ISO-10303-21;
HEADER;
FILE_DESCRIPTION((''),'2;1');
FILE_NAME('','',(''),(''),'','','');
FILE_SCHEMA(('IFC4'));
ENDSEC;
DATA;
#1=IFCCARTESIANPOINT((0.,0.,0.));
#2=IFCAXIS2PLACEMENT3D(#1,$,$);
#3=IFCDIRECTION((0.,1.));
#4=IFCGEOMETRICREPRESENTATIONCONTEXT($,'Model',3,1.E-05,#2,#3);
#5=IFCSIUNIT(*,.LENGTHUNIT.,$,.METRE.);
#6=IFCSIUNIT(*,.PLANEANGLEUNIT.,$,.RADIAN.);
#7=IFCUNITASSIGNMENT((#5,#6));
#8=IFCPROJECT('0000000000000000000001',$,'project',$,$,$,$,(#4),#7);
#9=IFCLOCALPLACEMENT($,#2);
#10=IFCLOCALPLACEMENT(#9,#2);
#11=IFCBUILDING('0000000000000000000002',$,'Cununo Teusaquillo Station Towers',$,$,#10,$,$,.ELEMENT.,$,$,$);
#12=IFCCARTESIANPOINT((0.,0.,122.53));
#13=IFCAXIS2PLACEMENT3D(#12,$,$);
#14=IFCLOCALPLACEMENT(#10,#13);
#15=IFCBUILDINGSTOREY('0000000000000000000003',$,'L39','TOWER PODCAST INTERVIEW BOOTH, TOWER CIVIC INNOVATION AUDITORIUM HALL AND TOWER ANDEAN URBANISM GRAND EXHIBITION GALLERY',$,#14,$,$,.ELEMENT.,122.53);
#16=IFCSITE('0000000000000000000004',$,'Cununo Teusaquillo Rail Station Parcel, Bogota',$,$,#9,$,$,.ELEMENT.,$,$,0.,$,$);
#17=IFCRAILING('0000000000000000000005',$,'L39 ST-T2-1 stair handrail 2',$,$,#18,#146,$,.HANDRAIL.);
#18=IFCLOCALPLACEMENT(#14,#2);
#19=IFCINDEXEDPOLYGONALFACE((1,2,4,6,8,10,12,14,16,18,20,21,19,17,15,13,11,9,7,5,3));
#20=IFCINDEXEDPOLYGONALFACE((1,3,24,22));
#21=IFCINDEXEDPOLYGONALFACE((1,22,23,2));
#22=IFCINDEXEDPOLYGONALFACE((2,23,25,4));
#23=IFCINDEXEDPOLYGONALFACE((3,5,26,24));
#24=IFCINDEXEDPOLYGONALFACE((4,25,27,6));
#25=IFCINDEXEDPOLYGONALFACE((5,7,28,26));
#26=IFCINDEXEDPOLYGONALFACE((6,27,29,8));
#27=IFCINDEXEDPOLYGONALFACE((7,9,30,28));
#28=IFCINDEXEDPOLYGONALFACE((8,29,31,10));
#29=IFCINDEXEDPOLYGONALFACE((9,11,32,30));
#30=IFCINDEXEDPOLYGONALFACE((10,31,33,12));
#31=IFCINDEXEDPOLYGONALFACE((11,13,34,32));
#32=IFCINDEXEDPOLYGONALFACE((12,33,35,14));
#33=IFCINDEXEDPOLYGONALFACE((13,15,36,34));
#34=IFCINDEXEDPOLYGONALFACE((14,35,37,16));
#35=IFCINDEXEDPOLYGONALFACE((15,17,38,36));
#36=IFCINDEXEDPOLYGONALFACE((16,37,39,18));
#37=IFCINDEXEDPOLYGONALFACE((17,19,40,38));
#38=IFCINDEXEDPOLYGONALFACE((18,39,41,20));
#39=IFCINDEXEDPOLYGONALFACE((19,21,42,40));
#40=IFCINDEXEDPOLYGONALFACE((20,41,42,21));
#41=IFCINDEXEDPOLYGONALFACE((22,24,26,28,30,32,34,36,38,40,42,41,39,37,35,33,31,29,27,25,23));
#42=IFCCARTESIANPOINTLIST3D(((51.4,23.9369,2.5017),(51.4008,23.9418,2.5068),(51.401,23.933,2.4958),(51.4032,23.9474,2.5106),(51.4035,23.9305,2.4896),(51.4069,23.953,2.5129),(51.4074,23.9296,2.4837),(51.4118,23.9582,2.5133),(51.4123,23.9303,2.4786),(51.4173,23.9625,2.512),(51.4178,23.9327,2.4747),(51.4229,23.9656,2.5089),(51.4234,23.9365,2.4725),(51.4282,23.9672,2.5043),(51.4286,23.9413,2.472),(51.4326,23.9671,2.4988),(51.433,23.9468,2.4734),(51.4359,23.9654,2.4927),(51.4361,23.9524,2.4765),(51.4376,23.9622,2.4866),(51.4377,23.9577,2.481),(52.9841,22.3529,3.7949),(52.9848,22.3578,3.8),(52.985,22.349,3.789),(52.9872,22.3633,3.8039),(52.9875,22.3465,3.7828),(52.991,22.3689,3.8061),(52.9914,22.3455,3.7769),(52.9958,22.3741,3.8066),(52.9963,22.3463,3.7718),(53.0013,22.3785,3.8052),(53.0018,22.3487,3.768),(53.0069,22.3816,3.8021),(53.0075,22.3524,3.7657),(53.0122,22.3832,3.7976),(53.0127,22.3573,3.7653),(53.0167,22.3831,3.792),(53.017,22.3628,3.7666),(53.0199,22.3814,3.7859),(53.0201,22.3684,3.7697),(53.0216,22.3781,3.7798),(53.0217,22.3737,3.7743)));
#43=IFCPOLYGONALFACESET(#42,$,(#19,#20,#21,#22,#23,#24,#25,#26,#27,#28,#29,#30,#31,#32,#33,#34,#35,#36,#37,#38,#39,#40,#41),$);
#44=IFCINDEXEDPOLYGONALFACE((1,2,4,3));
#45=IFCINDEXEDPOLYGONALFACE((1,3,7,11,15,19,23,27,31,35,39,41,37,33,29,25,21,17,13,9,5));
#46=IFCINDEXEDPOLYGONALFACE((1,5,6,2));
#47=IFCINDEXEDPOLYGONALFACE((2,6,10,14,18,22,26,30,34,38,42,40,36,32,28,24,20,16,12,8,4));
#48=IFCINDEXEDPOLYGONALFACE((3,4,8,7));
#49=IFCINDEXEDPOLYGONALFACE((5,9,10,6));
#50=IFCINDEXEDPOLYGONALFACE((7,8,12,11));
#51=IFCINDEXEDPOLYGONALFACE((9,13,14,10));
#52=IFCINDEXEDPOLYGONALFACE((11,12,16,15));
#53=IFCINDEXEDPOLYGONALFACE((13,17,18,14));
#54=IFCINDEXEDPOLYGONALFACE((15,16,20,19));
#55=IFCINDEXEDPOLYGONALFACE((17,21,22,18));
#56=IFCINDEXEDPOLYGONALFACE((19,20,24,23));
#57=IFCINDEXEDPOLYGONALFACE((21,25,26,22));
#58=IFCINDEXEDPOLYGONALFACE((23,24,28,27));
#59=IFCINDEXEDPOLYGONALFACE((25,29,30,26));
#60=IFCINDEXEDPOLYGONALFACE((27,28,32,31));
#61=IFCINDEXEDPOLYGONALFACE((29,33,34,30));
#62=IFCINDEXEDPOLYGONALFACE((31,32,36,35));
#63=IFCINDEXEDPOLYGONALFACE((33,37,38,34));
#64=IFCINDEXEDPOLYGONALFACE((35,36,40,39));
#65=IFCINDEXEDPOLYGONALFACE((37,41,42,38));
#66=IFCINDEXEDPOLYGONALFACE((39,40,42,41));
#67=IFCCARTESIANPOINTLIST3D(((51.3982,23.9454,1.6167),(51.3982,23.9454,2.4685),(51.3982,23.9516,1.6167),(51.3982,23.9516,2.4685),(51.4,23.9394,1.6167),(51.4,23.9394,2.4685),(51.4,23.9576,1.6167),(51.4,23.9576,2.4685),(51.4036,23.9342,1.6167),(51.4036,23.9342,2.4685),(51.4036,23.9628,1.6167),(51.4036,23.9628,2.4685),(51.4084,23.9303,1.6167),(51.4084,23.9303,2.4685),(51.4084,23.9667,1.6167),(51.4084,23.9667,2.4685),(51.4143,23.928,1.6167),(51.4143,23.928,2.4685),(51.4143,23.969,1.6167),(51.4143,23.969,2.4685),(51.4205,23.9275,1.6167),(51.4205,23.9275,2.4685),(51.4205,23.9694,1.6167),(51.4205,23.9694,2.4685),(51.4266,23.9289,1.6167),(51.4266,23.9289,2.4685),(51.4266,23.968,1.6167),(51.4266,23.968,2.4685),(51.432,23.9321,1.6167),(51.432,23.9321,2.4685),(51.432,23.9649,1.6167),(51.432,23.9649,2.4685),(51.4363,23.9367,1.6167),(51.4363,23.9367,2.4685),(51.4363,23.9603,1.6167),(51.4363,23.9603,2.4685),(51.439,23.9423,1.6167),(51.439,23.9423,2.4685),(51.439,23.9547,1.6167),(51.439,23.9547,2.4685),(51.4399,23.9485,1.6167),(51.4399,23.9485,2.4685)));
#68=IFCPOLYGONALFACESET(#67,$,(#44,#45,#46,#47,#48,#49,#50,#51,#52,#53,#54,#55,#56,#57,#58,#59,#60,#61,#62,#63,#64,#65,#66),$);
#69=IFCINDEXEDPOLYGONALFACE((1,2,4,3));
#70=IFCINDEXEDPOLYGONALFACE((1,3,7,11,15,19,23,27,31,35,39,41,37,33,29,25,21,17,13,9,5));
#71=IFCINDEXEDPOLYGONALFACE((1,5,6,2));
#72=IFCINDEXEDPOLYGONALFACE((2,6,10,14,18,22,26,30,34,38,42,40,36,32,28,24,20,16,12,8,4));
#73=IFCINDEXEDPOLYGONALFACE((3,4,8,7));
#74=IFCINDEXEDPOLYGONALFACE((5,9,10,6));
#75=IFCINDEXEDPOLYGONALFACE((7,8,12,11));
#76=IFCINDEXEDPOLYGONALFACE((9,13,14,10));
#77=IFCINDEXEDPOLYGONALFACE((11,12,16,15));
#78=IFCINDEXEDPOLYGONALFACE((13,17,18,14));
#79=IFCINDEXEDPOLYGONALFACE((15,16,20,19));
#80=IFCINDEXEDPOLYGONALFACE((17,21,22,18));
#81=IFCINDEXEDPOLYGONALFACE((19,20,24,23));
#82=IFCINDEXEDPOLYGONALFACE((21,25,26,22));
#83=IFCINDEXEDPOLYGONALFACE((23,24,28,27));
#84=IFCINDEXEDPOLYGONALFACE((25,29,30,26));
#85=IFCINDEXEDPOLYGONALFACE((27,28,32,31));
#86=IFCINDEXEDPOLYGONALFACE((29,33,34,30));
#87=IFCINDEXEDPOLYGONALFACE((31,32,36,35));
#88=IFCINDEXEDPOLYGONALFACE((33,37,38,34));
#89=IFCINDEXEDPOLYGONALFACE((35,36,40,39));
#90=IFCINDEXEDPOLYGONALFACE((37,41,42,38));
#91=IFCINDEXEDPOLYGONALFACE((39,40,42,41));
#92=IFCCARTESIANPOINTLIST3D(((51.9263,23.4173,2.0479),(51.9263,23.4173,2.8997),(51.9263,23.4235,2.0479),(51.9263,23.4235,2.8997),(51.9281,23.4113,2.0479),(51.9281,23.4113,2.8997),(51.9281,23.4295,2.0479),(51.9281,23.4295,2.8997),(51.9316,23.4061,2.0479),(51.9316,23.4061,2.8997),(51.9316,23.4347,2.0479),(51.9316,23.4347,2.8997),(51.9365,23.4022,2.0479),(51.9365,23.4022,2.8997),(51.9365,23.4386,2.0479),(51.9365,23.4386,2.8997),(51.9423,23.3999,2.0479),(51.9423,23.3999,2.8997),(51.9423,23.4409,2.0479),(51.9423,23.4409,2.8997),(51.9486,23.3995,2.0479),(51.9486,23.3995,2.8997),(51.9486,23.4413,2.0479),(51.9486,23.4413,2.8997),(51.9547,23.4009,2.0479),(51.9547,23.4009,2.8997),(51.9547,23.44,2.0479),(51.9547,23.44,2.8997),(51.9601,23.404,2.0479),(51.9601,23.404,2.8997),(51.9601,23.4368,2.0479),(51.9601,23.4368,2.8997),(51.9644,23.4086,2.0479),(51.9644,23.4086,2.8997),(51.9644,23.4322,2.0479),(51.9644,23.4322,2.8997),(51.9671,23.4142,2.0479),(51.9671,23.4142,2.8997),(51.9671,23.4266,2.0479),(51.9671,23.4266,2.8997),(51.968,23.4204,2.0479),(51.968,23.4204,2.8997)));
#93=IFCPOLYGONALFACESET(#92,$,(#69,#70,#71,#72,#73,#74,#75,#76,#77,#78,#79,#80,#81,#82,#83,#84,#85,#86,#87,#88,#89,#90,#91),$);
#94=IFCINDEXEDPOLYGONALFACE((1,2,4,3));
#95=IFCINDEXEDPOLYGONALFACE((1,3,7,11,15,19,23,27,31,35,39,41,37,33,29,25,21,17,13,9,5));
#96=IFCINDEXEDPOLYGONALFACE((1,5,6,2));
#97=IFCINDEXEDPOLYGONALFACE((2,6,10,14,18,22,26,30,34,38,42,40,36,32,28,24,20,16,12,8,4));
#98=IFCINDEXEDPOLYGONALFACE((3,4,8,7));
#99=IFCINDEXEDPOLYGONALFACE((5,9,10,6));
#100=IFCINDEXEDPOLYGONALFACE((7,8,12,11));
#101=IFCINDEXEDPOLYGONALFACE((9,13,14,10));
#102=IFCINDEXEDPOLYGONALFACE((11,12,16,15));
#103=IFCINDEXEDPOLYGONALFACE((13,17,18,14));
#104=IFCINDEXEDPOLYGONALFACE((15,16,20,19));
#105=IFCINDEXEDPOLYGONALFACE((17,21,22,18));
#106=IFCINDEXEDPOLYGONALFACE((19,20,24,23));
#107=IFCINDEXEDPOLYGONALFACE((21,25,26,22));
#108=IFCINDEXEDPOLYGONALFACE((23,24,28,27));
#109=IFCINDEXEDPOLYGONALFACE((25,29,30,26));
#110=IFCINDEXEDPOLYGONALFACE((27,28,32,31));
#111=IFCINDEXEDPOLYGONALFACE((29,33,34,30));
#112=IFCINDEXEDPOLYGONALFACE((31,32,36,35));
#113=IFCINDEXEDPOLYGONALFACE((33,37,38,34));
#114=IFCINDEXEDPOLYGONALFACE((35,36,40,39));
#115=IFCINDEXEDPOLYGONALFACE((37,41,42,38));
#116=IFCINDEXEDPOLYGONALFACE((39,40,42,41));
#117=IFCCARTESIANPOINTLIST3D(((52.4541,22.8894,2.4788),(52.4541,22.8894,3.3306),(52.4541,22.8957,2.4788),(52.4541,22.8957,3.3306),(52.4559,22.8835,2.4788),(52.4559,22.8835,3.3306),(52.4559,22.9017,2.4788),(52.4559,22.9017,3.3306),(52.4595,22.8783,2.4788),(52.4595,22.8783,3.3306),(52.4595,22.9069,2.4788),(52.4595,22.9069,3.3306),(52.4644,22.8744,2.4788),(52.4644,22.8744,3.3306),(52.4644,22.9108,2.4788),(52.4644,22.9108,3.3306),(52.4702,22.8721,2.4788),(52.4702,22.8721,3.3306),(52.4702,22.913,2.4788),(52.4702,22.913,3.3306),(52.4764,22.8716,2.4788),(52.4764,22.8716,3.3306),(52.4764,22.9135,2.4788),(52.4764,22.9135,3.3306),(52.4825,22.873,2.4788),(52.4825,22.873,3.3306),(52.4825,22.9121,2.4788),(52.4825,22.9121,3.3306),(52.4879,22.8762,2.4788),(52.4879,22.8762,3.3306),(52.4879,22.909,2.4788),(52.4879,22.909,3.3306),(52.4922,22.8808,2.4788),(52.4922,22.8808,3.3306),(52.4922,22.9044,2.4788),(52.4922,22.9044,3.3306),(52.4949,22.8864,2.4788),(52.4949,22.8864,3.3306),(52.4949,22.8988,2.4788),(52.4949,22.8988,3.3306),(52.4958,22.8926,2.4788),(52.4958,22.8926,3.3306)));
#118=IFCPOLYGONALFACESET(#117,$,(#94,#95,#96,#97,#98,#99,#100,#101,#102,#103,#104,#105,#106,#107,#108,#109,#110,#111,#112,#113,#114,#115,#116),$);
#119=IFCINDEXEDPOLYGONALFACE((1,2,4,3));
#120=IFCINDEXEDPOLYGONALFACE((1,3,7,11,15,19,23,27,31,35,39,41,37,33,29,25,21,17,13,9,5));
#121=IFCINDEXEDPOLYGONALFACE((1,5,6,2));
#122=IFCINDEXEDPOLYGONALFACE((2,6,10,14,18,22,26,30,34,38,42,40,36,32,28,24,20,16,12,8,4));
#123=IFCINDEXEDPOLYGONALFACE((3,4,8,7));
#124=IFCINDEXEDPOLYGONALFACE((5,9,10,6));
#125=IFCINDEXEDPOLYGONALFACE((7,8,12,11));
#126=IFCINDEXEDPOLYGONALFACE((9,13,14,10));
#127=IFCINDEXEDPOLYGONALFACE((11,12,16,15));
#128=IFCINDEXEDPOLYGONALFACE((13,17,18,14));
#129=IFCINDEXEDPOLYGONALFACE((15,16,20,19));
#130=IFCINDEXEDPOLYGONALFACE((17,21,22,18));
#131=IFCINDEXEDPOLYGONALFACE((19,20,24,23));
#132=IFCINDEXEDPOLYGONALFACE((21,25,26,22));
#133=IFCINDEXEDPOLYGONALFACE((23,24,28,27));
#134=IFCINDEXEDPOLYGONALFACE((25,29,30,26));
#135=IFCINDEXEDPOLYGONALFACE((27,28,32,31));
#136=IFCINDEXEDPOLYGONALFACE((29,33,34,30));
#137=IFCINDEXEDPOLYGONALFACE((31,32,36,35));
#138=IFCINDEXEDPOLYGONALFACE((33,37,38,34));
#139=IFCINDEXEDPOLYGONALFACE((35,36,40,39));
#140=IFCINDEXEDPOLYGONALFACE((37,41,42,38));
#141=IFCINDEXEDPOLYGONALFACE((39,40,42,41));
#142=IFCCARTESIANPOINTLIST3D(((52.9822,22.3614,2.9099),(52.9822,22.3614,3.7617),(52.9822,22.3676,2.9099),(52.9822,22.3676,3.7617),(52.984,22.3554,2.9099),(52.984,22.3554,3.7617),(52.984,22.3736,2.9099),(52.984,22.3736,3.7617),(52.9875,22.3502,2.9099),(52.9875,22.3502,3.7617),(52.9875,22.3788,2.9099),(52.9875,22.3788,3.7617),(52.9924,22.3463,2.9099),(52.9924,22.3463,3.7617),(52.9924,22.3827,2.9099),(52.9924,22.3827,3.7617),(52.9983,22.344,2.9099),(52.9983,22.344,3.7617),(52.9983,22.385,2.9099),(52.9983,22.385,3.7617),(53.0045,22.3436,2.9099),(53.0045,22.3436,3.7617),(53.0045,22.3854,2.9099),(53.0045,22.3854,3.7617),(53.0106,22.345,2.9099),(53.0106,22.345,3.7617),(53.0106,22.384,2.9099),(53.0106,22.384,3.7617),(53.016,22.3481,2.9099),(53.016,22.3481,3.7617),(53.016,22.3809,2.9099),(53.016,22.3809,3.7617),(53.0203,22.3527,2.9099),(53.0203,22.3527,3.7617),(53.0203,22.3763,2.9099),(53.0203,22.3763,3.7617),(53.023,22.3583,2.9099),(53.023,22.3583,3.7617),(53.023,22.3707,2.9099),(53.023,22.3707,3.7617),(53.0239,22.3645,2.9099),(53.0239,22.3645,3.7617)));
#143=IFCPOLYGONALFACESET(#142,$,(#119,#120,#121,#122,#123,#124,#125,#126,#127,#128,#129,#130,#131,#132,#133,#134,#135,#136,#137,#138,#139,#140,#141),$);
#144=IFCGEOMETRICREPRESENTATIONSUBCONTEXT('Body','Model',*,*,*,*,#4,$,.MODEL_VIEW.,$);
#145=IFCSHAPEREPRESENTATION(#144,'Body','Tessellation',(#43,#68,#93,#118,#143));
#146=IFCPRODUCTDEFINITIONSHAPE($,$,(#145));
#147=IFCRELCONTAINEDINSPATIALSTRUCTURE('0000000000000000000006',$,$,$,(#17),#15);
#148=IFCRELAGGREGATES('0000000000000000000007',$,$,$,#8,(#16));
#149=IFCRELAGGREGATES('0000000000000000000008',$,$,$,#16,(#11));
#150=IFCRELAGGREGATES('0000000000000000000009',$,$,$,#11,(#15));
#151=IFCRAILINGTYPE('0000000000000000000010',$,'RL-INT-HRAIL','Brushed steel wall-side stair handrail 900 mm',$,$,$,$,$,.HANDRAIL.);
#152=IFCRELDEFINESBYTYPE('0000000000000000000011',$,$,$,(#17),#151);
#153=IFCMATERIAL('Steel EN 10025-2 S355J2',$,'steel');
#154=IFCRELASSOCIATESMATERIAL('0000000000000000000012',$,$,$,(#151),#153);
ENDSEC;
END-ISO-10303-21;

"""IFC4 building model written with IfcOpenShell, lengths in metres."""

from ifc_helpers import new_model, si_unit, direction, frame, origin, origin_2d, place, context, subcontext, project, spatial, circle, extrude, material, type_object, element, save


model = new_model("IFC4")

# Units and contexts
model_context = context("Model", 3, precision=1e-05, world=origin(), true_north=direction((0.0, 1.0)))
body_context = subcontext(model_context, "Body", "Model", "MODEL_VIEW")
ifc_project = project(units=[si_unit("LENGTHUNIT", "METRE"), si_unit("PLANEANGLEUNIT", "RADIAN")], contexts=[model_context])

# Site, building, storey
site_placement = place(None, origin())
site = spatial("IfcSite", under=ifc_project, at=site_placement, Name="Cununo Teusaquillo Rail Station Parcel, Bogota", CompositionType="ELEMENT", RefElevation=0.0)
building_placement = place(site_placement, origin())
building = spatial("IfcBuilding", under=site, at=building_placement, Name="Cununo Teusaquillo Station Towers", CompositionType="ELEMENT")
storey_placement = place(building_placement, frame((0.0, 0.0, 122.53)))
storey = spatial("IfcBuildingStorey", under=building, at=storey_placement, Name="L39", Description="TOWER PODCAST INTERVIEW BOOTH, TOWER CIVIC INNOVATION AUDITORIUM HALL AND TOWER ANDEAN URBANISM GRAND EXHIBITION GALLERY", CompositionType="ELEMENT", Elevation=122.53)

# Railing
ifc_material_1 = material(Name="Steel EN 10025-2 S355J2", Category="steel")
railing_type = type_object("IfcRailingType", Name="RL-INT-HRAIL", Description="Brushed steel wall-side stair handrail 900 mm", PredefinedType="HANDRAIL", material=ifc_material_1)
railing_placement = place(storey_placement, frame((51.4189, 23.9485, 1.6167)))
element("IfcRailing", 1, at=railing_placement, inside=storey, type_object=railing_type, Name="L39 ST-T2-1 stair handrail 2", PredefinedType="HANDRAIL", context=body_context, shape_type="SweptSolid", body=[
    extrude(circle(Radius=0.0239, at=origin_2d()), frame((0.0, 0.0, 0.876), z_axis=(0.612385, -0.612385, 0.49997), x_axis=(0.707107, 0.707107, 0.0)), (0.0, 0.0, 1.0), 2.5867),
    extrude(circle(Radius=0.021, at=origin_2d()), origin(), (0.0, 0.0, 1.0), 0.8518),
    extrude(circle(Radius=0.021, at=origin_2d()), frame((0.5281, -0.5281, 0.4312)), (0.0, 0.0, 1.0), 0.8518),
    extrude(circle(Radius=0.021, at=origin_2d()), frame((1.0559, -1.0559, 0.8621)), (0.0, 0.0, 1.0), 0.8518),
    extrude(circle(Radius=0.021, at=origin_2d()), frame((1.584, -1.584, 1.2932)), (0.0, 0.0, 1.0), 0.8518),
])

save(model, "model.ifc")
